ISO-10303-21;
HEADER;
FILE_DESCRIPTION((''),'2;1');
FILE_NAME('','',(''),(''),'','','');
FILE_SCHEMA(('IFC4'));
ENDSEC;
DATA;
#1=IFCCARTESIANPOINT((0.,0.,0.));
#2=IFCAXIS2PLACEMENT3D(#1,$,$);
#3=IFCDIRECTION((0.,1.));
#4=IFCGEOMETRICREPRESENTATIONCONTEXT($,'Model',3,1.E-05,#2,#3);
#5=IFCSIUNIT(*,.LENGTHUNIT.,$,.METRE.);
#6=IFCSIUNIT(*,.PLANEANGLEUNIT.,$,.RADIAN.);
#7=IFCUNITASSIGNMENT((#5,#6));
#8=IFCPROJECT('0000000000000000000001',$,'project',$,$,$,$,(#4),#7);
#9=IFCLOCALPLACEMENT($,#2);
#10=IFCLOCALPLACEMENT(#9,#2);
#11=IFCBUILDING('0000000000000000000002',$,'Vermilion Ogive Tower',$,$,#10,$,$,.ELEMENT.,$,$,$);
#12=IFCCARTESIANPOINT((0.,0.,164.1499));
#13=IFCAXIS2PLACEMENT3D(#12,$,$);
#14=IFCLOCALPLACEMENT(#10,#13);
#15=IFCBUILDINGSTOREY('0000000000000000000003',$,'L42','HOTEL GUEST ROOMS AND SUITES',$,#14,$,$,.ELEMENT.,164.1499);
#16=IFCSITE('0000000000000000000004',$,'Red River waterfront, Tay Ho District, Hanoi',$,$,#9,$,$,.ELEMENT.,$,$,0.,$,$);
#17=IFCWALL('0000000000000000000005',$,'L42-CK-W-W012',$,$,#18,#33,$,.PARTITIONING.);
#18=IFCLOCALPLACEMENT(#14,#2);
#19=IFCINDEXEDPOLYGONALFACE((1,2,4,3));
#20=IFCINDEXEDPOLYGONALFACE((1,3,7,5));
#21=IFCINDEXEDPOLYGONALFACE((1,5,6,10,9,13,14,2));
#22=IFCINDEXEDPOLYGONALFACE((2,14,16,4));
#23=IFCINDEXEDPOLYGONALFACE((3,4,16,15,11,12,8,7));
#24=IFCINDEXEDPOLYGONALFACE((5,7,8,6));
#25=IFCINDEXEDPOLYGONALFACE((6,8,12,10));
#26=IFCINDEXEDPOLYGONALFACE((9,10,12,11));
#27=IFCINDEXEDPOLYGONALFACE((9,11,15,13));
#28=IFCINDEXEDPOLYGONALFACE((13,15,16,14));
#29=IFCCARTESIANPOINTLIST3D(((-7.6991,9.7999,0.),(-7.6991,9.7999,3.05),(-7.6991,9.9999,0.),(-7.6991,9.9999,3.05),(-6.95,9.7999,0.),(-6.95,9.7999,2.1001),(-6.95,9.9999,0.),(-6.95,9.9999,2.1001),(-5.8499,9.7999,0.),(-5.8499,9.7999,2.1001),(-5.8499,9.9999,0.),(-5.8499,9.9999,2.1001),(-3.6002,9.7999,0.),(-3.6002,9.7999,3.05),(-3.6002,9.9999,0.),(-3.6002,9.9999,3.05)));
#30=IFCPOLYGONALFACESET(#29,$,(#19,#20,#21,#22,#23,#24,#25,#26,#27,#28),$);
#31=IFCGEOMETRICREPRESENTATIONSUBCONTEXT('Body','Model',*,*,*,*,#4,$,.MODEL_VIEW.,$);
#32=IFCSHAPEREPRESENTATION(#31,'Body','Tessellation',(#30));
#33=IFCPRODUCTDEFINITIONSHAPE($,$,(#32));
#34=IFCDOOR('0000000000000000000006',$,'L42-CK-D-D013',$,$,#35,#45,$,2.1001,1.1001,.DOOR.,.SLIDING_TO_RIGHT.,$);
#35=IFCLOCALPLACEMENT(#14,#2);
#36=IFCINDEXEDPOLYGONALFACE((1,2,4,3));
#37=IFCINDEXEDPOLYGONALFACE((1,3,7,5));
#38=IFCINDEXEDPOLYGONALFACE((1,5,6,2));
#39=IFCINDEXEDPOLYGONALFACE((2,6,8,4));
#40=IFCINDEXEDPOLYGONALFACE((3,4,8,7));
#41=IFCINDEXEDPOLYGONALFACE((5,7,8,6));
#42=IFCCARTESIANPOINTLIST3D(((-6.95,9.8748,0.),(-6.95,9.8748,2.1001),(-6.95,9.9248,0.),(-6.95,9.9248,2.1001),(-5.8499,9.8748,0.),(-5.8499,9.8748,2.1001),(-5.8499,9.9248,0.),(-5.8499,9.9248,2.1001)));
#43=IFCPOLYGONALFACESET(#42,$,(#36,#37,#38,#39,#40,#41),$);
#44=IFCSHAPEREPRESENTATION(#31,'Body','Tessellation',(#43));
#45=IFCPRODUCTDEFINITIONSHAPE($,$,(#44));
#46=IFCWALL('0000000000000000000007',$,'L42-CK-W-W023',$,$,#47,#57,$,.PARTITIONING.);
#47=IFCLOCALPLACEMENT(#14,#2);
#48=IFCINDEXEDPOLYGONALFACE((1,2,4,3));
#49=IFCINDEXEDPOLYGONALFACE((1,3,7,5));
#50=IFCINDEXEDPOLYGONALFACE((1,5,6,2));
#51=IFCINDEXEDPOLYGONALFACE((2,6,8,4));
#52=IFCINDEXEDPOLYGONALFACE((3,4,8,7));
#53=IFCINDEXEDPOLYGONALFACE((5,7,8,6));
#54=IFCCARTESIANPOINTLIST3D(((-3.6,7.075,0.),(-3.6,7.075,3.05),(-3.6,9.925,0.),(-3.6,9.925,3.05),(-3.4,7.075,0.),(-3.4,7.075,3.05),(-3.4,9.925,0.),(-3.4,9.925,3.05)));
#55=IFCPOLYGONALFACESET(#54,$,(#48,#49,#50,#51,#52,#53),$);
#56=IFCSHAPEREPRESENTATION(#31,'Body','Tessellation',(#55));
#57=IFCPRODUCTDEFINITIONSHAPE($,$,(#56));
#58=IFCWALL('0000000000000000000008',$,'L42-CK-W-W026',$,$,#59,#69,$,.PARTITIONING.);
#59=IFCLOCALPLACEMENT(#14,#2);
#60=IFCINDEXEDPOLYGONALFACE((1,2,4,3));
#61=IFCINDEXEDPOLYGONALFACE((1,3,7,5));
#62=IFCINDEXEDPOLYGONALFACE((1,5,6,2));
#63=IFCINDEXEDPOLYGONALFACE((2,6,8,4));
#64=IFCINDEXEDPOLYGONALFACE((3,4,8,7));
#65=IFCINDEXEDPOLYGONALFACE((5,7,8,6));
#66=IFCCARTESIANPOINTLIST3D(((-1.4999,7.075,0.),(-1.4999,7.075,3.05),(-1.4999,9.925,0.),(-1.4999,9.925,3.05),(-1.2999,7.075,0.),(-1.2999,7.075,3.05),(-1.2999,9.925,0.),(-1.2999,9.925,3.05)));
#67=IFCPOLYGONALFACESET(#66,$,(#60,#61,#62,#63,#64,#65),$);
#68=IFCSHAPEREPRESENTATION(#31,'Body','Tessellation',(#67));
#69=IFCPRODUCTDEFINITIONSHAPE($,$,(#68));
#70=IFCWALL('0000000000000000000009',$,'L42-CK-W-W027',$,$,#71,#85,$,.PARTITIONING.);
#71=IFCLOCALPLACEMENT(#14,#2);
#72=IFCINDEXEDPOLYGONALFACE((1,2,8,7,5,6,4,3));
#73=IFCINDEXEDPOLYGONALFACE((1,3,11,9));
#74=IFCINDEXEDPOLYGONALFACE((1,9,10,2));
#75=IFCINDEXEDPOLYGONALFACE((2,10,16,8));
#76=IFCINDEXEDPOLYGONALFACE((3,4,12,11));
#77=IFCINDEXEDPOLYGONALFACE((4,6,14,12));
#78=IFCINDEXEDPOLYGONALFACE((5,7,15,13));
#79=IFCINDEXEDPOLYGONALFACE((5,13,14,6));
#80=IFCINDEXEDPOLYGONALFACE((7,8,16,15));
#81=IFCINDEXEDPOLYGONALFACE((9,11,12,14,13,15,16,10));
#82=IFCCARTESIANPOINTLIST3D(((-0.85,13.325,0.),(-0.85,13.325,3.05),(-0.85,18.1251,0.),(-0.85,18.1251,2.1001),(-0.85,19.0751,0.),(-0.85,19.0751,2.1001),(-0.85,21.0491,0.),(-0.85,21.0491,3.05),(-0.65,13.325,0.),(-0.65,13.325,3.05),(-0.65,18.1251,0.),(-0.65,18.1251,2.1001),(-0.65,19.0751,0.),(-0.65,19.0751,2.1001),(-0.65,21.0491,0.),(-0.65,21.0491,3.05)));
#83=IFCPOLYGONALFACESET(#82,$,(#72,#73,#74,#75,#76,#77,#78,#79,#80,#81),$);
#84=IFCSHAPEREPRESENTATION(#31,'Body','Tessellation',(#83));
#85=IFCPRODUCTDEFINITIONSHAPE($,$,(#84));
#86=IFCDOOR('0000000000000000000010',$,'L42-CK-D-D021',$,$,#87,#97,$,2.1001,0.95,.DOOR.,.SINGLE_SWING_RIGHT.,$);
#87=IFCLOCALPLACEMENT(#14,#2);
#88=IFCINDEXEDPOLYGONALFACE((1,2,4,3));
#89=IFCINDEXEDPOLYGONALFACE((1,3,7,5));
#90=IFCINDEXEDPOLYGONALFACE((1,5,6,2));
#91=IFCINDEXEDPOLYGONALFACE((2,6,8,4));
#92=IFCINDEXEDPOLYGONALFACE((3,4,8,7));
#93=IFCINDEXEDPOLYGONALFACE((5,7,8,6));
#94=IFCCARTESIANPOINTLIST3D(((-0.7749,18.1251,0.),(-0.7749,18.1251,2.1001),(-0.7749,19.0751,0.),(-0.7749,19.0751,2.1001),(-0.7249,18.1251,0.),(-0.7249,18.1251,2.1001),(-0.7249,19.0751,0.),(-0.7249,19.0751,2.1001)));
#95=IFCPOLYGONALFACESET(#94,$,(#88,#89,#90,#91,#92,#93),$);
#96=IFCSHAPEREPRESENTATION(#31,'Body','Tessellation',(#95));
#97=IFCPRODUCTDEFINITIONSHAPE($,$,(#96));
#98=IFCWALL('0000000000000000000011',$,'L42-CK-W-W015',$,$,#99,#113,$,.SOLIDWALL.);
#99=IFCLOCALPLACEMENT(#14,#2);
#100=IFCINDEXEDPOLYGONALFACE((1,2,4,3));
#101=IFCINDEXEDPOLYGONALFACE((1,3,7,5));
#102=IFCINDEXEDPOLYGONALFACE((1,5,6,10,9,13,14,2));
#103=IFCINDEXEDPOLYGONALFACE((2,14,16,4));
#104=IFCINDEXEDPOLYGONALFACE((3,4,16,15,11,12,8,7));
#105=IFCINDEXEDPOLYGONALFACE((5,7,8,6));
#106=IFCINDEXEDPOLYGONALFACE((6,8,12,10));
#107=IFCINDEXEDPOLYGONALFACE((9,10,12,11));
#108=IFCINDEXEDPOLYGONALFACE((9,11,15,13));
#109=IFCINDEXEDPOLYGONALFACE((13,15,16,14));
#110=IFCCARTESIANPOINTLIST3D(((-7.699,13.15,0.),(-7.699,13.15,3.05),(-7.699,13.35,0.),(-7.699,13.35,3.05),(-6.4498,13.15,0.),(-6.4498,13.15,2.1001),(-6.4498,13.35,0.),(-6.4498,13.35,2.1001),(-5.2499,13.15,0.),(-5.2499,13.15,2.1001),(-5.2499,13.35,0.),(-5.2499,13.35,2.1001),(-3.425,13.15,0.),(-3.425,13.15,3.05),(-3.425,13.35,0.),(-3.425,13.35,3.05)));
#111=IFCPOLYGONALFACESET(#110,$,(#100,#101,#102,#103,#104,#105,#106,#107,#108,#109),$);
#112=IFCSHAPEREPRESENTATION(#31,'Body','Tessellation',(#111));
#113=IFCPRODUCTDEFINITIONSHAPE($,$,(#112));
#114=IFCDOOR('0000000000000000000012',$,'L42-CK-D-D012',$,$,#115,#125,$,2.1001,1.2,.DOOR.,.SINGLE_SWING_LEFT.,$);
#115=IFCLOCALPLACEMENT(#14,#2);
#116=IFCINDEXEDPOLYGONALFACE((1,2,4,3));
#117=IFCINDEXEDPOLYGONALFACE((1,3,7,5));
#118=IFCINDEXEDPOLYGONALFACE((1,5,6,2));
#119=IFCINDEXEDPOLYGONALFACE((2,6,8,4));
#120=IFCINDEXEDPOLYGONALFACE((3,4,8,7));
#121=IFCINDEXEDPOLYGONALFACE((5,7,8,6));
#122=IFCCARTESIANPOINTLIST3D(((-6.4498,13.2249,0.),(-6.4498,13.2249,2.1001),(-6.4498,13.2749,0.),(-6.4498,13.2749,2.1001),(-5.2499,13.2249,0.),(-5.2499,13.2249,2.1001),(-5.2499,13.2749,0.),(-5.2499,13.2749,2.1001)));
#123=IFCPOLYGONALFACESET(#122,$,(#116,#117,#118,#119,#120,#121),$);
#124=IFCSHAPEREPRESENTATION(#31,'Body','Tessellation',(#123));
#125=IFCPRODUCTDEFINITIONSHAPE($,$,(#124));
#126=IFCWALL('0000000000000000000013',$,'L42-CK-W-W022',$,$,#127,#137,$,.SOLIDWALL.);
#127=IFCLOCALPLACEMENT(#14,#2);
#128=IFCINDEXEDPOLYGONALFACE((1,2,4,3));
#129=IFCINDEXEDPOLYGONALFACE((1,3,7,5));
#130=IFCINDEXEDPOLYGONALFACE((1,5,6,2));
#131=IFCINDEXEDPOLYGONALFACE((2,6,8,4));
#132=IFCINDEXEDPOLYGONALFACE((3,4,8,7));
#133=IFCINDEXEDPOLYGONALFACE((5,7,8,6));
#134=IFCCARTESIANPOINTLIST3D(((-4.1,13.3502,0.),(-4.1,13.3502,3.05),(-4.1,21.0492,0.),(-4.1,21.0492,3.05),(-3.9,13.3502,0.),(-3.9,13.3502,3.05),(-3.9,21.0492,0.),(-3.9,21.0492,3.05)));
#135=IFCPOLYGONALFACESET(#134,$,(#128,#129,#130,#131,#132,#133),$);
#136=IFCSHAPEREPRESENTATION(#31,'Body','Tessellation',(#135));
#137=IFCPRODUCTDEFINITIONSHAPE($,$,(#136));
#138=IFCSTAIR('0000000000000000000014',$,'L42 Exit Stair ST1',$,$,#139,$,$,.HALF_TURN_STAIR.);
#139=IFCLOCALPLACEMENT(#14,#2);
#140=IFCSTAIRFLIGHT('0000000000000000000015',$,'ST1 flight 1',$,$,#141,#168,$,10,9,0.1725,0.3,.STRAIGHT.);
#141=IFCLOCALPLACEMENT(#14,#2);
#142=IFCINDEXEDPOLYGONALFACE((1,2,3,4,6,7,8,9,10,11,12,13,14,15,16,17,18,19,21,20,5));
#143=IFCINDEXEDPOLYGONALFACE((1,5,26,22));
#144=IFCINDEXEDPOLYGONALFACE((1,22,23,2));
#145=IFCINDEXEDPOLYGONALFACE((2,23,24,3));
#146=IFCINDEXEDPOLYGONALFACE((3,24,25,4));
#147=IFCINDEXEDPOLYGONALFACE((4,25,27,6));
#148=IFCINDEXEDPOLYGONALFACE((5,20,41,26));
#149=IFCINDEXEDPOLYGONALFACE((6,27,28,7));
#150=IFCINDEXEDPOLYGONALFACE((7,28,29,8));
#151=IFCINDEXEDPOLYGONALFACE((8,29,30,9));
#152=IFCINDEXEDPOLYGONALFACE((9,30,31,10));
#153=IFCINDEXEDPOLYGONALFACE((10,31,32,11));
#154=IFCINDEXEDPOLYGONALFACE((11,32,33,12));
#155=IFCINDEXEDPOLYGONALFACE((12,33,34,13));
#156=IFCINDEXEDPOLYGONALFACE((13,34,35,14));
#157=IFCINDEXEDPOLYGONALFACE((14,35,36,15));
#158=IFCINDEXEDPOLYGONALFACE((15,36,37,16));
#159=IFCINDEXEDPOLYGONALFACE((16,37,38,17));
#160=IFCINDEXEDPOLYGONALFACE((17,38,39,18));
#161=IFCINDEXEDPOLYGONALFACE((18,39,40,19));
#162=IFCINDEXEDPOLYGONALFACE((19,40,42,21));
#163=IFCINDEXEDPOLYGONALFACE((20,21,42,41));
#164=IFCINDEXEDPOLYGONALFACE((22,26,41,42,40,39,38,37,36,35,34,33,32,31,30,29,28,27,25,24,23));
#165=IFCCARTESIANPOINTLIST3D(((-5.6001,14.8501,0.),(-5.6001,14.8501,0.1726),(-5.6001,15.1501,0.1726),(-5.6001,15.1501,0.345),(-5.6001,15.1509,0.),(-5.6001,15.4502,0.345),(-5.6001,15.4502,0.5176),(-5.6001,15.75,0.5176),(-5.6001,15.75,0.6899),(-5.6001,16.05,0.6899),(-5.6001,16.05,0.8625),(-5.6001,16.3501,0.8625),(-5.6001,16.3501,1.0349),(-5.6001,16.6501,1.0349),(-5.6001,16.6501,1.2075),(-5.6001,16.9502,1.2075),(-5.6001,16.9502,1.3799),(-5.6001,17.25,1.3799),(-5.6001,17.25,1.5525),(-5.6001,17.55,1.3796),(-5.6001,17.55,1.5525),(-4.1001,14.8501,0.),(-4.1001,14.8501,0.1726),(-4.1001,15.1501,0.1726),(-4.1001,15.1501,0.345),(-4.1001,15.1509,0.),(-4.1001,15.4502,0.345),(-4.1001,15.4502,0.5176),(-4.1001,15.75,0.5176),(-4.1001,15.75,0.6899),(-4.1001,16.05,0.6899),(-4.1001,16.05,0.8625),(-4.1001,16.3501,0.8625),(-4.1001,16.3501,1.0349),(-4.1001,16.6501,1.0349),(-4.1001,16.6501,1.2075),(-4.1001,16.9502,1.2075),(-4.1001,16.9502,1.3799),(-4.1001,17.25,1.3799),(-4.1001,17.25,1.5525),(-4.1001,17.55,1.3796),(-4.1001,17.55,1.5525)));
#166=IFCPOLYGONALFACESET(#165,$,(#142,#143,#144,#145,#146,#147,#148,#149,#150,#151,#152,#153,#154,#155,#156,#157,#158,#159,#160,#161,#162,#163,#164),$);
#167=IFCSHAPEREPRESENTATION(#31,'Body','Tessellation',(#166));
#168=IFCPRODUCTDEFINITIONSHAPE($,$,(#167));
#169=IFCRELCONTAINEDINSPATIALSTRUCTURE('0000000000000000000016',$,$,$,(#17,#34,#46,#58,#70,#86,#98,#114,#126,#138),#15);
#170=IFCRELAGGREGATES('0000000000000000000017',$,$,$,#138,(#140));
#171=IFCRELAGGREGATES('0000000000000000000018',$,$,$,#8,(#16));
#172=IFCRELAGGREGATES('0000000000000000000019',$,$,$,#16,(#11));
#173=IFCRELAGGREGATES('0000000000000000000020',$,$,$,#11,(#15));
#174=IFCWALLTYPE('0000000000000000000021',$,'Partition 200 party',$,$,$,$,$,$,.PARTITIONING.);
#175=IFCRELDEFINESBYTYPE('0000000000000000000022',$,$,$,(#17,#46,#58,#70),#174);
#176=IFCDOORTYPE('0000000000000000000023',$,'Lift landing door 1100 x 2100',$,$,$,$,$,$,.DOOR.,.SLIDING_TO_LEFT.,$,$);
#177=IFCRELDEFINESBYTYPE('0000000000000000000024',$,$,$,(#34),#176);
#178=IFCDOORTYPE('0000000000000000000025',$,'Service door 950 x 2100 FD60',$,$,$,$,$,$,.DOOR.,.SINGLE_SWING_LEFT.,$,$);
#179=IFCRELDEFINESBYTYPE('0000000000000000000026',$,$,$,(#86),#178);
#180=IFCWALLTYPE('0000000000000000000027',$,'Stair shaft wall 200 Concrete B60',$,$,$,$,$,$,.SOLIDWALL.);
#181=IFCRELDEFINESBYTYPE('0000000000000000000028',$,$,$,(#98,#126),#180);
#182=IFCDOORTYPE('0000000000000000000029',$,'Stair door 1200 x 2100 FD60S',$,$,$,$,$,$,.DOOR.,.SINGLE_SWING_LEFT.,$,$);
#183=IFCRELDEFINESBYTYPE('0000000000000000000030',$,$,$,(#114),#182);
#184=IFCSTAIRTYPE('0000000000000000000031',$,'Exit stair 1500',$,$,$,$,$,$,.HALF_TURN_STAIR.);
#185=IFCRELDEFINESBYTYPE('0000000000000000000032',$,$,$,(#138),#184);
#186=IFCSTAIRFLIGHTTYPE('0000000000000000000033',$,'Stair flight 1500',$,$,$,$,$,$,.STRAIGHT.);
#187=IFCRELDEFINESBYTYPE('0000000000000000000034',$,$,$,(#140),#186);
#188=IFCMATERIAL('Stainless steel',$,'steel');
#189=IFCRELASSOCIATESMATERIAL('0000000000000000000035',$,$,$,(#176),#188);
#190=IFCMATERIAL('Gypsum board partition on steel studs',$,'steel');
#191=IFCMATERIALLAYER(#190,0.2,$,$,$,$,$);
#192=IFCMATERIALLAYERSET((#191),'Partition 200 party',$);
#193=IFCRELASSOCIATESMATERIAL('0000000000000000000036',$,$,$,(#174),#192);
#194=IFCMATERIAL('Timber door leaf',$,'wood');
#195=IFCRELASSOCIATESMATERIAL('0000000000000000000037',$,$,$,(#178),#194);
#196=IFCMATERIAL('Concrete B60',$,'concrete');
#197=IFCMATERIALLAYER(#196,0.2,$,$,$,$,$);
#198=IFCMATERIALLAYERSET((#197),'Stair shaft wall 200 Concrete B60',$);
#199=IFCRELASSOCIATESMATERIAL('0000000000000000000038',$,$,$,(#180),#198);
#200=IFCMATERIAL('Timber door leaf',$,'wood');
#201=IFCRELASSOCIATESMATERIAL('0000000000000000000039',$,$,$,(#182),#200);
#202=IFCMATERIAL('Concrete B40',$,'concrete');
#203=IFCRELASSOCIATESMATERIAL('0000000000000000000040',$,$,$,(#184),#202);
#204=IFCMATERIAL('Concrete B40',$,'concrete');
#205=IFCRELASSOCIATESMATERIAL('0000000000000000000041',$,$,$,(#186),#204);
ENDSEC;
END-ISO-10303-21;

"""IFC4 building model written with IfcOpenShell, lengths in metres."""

from ifc_helpers import new_model, si_unit, direction, frame, frame_2d, origin, place, context, subcontext, project, spatial, polyline, rectangle, outline, extrude, material, layer, layer_set, type_object, element, fill, aggregate, save


model = new_model("IFC4")

# Units and contexts
model_context = context("Model", 3, precision=1e-05, world=origin(), true_north=direction((0.0, 1.0)))
body_context = subcontext(model_context, "Body", "Model", "MODEL_VIEW")
ifc_project = project(units=[si_unit("LENGTHUNIT", "METRE"), si_unit("PLANEANGLEUNIT", "RADIAN")], contexts=[model_context])

# Site, building, storey
site_placement = place(None, origin())
site = spatial("IfcSite", under=ifc_project, at=site_placement, Name="Red River waterfront, Tay Ho District, Hanoi", CompositionType="ELEMENT", RefElevation=0.0)
building_placement = place(site_placement, origin())
building = spatial("IfcBuilding", under=site, at=building_placement, Name="Vermilion Ogive Tower", CompositionType="ELEMENT")
storey_placement = place(building_placement, frame((0.0, 0.0, 164.1499)))
storey = spatial("IfcBuildingStorey", under=building, at=storey_placement, Name="L42", Description="HOTEL GUEST ROOMS AND SUITES", CompositionType="ELEMENT", Elevation=164.1499)

# Shared definitions
ifc_material_1 = material(Name="Stainless steel", Category="steel")
door_type_1 = type_object("IfcDoorType", Name="Lift landing door 1100 x 2100", OperationType="SLIDING_TO_LEFT", PredefinedType="DOOR", material=ifc_material_1)

# Wall, opening, door
ifc_material_2 = material(Name="Gypsum board partition on steel studs", Category="steel")
ifc_layer_1 = layer(ifc_material_2, 0.2)
ifc_layer_set_1 = layer_set([ifc_layer_1], Name="Partition 200 party")
wall_type_1 = type_object("IfcWallType", Name="Partition 200 party", PredefinedType="PARTITIONING", material=ifc_layer_set_1)
wall_1_placement = place(storey_placement, frame((-7.699, 9.8999, 0.0), z_axis=(0.0, 0.0, 1.0), x_axis=(1.0, 0.0, 0.0)))
wall_1 = element("IfcWall", 1, at=wall_1_placement, inside=storey, type_object=wall_type_1, Name="L42-CK-W-W012", PredefinedType="PARTITIONING", context=body_context, shape_type="SweptSolid", body=[
    extrude(rectangle(XDim=4.0989, YDim=0.2, at=frame_2d((2.0493, 0.0))), origin(), (0.0, 0.0, 1.0), 3.05),
])
opening_1_placement = place(wall_1_placement, frame((0.749, 0.0, 0.0)))
opening_1 = element("IfcOpeningElement", 2, at=opening_1_placement, cuts=wall_1, PredefinedType="OPENING", context=body_context, shape_type="SweptSolid", body=[
    extrude(rectangle(XDim=1.1001, YDim=2.1001, at=frame_2d((0.55, 1.05))), frame((0.0, 0.1099, 0.0), z_axis=(0.0, -1.0, 0.0), x_axis=(1.0, 0.0, 0.0)), (0.0, 0.0, 1.0), 0.22),
])
door_1_placement = place(opening_1_placement, origin())
door_1 = element("IfcDoor", 3, at=door_1_placement, inside=storey, type_object=door_type_1, Name="L42-CK-D-D013", OperationType="SLIDING_TO_RIGHT", OverallHeight=2.1001, OverallWidth=1.1001, PredefinedType="DOOR", context=body_context, shape_type="SweptSolid", body=[
    extrude(rectangle(XDim=1.1001, YDim=2.1001, at=frame_2d((0.55, 1.05))), frame((0.0, 0.0249, 0.0), z_axis=(0.0, -1.0, 0.0), x_axis=(1.0, 0.0, 0.0)), (0.0, 0.0, 1.0), 0.05),
])
fill(opening_1, door_1)

# Walls
for number, where, z_axis, x_axis, name in (
    (4, (-3.5, 7.075, 0.0), (0.0, 0.0, 1.0), (0.0, 1.0, 0.0), "L42-CK-W-W023"),
    (5, (-1.3999, 7.075, 0.0), (0.0, 0.0, 1.0), (0.0, 1.0, 0.0), "L42-CK-W-W026"),
):
    element("IfcWall", number, at=place(storey_placement, frame(where, z_axis=z_axis, x_axis=x_axis)), inside=storey, type_object=wall_type_1, Name=name, PredefinedType="PARTITIONING", context=body_context, shape_type="SweptSolid", body=[
        extrude(rectangle(XDim=2.8501, YDim=0.2, at=frame_2d((1.425, 0.0))), origin(), (0.0, 0.0, 1.0), 3.05),
    ])

# Walls, openings, doors
wall_2_placement = place(storey_placement, frame((-0.75, 13.325, 0.0), z_axis=(0.0, 0.0, 1.0), x_axis=(0.0, 1.0, 0.0)))
wall_2 = element("IfcWall", 6, at=wall_2_placement, inside=storey, type_object=wall_type_1, Name="L42-CK-W-W027", PredefinedType="PARTITIONING", context=body_context, shape_type="SweptSolid", body=[
    extrude(rectangle(XDim=7.7241, YDim=0.2, at=frame_2d((3.8621, 0.0))), origin(), (0.0, 0.0, 1.0), 3.05),
])
opening_2_placement = place(wall_2_placement, frame((4.8, 0.0, 0.0)))
opening_2 = element("IfcOpeningElement", 7, at=opening_2_placement, cuts=wall_2, PredefinedType="OPENING", context=body_context, shape_type="SweptSolid", body=[
    extrude(rectangle(XDim=0.95, YDim=2.1001, at=frame_2d((0.4751, 1.05))), frame((0.0, 0.1099, 0.0), z_axis=(0.0, -1.0, 0.0), x_axis=(1.0, 0.0, 0.0)), (0.0, 0.0, 1.0), 0.22),
])
ifc_material_3 = material(Name="Timber door leaf", Category="wood")
door_type_2 = type_object("IfcDoorType", Name="Service door 950 x 2100 FD60", OperationType="SINGLE_SWING_LEFT", PredefinedType="DOOR", material=ifc_material_3)
door_2_placement = place(opening_2_placement, origin())
door_2 = element("IfcDoor", 8, at=door_2_placement, inside=storey, type_object=door_type_2, Name="L42-CK-D-D021", OperationType="SINGLE_SWING_RIGHT", OverallHeight=2.1001, OverallWidth=0.95, PredefinedType="DOOR", context=body_context, shape_type="SweptSolid", body=[
    extrude(rectangle(XDim=0.95, YDim=2.1001, at=frame_2d((0.4751, 1.05))), frame((0.0, 0.0249, 0.0), z_axis=(0.0, -1.0, 0.0), x_axis=(1.0, 0.0, 0.0)), (0.0, 0.0, 1.0), 0.05),
])
fill(opening_2, door_2)
ifc_material_4 = material(Name="Concrete B60", Category="concrete")
ifc_layer_2 = layer(ifc_material_4, 0.2)
ifc_layer_set_2 = layer_set([ifc_layer_2], Name="Stair shaft wall 200 Concrete B60")
wall_type_2 = type_object("IfcWallType", Name="Stair shaft wall 200 Concrete B60", PredefinedType="SOLIDWALL", material=ifc_layer_set_2)
wall_3_placement = place(storey_placement, frame((-7.699, 13.25, 0.0), z_axis=(0.0, 0.0, 1.0), x_axis=(1.0, 0.0, 0.0)))
wall_3 = element("IfcWall", 9, at=wall_3_placement, inside=storey, type_object=wall_type_2, Name="L42-CK-W-W015", PredefinedType="SOLIDWALL", context=body_context, shape_type="SweptSolid", body=[
    extrude(rectangle(XDim=4.2739, YDim=0.2, at=frame_2d((2.137, 0.0))), origin(), (0.0, 0.0, 1.0), 3.05),
])
opening_3_placement = place(wall_3_placement, frame((1.249, 0.0, 0.0)))
opening_3 = element("IfcOpeningElement", 10, at=opening_3_placement, cuts=wall_3, PredefinedType="OPENING", context=body_context, shape_type="SweptSolid", body=[
    extrude(rectangle(XDim=1.2, YDim=2.1001, at=frame_2d((0.6001, 1.05))), frame((0.0, 0.1099, 0.0), z_axis=(0.0, -1.0, 0.0), x_axis=(1.0, 0.0, 0.0)), (0.0, 0.0, 1.0), 0.22),
])
ifc_material_5 = material(Name="Timber door leaf", Category="wood")
door_type_3 = type_object("IfcDoorType", Name="Stair door 1200 x 2100 FD60S", OperationType="SINGLE_SWING_LEFT", PredefinedType="DOOR", material=ifc_material_5)
door_3_placement = place(opening_3_placement, origin())
door_3 = element("IfcDoor", 11, at=door_3_placement, inside=storey, type_object=door_type_3, Name="L42-CK-D-D012", OperationType="SINGLE_SWING_LEFT", OverallHeight=2.1001, OverallWidth=1.2, PredefinedType="DOOR", context=body_context, shape_type="SweptSolid", body=[
    extrude(rectangle(XDim=1.2, YDim=2.1001, at=frame_2d((0.6001, 1.05))), frame((0.0, 0.0249, 0.0), z_axis=(0.0, -1.0, 0.0), x_axis=(1.0, 0.0, 0.0)), (0.0, 0.0, 1.0), 0.05),
])
fill(opening_3, door_3)

# Wall
wall_4_placement = place(storey_placement, frame((-4.0, 13.3501, 0.0), z_axis=(0.0, 0.0, 1.0), x_axis=(0.0, 1.0, 0.0)))
element("IfcWall", 12, at=wall_4_placement, inside=storey, type_object=wall_type_2, Name="L42-CK-W-W022", PredefinedType="SOLIDWALL", context=body_context, shape_type="SweptSolid", body=[
    extrude(rectangle(XDim=7.699, YDim=0.2, at=frame_2d((3.8496, 0.0))), origin(), (0.0, 0.0, 1.0), 3.05),
])

# Stair, stair flight
ifc_material_6 = material(Name="Concrete B40", Category="concrete")
stair_type = type_object("IfcStairType", Name="Exit stair 1500", PredefinedType="HALF_TURN_STAIR", material=ifc_material_6)
stair_placement = place(storey_placement, origin())
stair = element("IfcStair", 13, at=stair_placement, inside=storey, type_object=stair_type, Name="L42 Exit Stair ST1", PredefinedType="HALF_TURN_STAIR")
ifc_material_7 = material(Name="Concrete B40", Category="concrete")
stair_flight_type = type_object("IfcStairFlightType", Name="Stair flight 1500", PredefinedType="STRAIGHT", material=ifc_material_7)
stair_flight_placement = place(storey_placement, frame((-4.8501, 14.8501, 0.0), z_axis=(0.0, 0.0, 1.0), x_axis=(0.0, 1.0, 0.0)))
stair_flight = element("IfcStairFlight", 14, at=stair_flight_placement, type_object=stair_flight_type, Name="ST1 flight 1", NumberOfRisers=10, NumberOfTreads=9, PredefinedType="STRAIGHT", RiserHeight=0.1725, TreadLength=0.3, context=body_context, shape_type="SweptSolid", body=[
    extrude(outline(polyline([(0.0, 0.0), (0.0, 0.1726), (0.3, 0.1726), (0.3, 0.345), (0.6001, 0.345), (0.6001, 0.5176), (0.8999, 0.5176), (0.8999, 0.6899), (1.2, 0.6899), (1.2, 0.8625), (1.5, 0.8625), (1.5, 1.0349), (1.8, 1.0349), (1.8, 1.2075), (2.1001, 1.2075), (2.1001, 1.3799), (2.3999, 1.3799), (2.3999, 1.5525), (2.7, 1.5525), (2.7, 1.7251), (2.7, 1.3796), (0.3008, 0.0), (0.0, 0.0)])), frame((0.0, 0.75, 0.0), z_axis=(0.0, -1.0, 0.0), x_axis=(1.0, 0.0, 0.0)), (0.0, 0.0, 1.0), 1.5),
])
aggregate(stair, [stair_flight])

save(model, "model.ifc")
